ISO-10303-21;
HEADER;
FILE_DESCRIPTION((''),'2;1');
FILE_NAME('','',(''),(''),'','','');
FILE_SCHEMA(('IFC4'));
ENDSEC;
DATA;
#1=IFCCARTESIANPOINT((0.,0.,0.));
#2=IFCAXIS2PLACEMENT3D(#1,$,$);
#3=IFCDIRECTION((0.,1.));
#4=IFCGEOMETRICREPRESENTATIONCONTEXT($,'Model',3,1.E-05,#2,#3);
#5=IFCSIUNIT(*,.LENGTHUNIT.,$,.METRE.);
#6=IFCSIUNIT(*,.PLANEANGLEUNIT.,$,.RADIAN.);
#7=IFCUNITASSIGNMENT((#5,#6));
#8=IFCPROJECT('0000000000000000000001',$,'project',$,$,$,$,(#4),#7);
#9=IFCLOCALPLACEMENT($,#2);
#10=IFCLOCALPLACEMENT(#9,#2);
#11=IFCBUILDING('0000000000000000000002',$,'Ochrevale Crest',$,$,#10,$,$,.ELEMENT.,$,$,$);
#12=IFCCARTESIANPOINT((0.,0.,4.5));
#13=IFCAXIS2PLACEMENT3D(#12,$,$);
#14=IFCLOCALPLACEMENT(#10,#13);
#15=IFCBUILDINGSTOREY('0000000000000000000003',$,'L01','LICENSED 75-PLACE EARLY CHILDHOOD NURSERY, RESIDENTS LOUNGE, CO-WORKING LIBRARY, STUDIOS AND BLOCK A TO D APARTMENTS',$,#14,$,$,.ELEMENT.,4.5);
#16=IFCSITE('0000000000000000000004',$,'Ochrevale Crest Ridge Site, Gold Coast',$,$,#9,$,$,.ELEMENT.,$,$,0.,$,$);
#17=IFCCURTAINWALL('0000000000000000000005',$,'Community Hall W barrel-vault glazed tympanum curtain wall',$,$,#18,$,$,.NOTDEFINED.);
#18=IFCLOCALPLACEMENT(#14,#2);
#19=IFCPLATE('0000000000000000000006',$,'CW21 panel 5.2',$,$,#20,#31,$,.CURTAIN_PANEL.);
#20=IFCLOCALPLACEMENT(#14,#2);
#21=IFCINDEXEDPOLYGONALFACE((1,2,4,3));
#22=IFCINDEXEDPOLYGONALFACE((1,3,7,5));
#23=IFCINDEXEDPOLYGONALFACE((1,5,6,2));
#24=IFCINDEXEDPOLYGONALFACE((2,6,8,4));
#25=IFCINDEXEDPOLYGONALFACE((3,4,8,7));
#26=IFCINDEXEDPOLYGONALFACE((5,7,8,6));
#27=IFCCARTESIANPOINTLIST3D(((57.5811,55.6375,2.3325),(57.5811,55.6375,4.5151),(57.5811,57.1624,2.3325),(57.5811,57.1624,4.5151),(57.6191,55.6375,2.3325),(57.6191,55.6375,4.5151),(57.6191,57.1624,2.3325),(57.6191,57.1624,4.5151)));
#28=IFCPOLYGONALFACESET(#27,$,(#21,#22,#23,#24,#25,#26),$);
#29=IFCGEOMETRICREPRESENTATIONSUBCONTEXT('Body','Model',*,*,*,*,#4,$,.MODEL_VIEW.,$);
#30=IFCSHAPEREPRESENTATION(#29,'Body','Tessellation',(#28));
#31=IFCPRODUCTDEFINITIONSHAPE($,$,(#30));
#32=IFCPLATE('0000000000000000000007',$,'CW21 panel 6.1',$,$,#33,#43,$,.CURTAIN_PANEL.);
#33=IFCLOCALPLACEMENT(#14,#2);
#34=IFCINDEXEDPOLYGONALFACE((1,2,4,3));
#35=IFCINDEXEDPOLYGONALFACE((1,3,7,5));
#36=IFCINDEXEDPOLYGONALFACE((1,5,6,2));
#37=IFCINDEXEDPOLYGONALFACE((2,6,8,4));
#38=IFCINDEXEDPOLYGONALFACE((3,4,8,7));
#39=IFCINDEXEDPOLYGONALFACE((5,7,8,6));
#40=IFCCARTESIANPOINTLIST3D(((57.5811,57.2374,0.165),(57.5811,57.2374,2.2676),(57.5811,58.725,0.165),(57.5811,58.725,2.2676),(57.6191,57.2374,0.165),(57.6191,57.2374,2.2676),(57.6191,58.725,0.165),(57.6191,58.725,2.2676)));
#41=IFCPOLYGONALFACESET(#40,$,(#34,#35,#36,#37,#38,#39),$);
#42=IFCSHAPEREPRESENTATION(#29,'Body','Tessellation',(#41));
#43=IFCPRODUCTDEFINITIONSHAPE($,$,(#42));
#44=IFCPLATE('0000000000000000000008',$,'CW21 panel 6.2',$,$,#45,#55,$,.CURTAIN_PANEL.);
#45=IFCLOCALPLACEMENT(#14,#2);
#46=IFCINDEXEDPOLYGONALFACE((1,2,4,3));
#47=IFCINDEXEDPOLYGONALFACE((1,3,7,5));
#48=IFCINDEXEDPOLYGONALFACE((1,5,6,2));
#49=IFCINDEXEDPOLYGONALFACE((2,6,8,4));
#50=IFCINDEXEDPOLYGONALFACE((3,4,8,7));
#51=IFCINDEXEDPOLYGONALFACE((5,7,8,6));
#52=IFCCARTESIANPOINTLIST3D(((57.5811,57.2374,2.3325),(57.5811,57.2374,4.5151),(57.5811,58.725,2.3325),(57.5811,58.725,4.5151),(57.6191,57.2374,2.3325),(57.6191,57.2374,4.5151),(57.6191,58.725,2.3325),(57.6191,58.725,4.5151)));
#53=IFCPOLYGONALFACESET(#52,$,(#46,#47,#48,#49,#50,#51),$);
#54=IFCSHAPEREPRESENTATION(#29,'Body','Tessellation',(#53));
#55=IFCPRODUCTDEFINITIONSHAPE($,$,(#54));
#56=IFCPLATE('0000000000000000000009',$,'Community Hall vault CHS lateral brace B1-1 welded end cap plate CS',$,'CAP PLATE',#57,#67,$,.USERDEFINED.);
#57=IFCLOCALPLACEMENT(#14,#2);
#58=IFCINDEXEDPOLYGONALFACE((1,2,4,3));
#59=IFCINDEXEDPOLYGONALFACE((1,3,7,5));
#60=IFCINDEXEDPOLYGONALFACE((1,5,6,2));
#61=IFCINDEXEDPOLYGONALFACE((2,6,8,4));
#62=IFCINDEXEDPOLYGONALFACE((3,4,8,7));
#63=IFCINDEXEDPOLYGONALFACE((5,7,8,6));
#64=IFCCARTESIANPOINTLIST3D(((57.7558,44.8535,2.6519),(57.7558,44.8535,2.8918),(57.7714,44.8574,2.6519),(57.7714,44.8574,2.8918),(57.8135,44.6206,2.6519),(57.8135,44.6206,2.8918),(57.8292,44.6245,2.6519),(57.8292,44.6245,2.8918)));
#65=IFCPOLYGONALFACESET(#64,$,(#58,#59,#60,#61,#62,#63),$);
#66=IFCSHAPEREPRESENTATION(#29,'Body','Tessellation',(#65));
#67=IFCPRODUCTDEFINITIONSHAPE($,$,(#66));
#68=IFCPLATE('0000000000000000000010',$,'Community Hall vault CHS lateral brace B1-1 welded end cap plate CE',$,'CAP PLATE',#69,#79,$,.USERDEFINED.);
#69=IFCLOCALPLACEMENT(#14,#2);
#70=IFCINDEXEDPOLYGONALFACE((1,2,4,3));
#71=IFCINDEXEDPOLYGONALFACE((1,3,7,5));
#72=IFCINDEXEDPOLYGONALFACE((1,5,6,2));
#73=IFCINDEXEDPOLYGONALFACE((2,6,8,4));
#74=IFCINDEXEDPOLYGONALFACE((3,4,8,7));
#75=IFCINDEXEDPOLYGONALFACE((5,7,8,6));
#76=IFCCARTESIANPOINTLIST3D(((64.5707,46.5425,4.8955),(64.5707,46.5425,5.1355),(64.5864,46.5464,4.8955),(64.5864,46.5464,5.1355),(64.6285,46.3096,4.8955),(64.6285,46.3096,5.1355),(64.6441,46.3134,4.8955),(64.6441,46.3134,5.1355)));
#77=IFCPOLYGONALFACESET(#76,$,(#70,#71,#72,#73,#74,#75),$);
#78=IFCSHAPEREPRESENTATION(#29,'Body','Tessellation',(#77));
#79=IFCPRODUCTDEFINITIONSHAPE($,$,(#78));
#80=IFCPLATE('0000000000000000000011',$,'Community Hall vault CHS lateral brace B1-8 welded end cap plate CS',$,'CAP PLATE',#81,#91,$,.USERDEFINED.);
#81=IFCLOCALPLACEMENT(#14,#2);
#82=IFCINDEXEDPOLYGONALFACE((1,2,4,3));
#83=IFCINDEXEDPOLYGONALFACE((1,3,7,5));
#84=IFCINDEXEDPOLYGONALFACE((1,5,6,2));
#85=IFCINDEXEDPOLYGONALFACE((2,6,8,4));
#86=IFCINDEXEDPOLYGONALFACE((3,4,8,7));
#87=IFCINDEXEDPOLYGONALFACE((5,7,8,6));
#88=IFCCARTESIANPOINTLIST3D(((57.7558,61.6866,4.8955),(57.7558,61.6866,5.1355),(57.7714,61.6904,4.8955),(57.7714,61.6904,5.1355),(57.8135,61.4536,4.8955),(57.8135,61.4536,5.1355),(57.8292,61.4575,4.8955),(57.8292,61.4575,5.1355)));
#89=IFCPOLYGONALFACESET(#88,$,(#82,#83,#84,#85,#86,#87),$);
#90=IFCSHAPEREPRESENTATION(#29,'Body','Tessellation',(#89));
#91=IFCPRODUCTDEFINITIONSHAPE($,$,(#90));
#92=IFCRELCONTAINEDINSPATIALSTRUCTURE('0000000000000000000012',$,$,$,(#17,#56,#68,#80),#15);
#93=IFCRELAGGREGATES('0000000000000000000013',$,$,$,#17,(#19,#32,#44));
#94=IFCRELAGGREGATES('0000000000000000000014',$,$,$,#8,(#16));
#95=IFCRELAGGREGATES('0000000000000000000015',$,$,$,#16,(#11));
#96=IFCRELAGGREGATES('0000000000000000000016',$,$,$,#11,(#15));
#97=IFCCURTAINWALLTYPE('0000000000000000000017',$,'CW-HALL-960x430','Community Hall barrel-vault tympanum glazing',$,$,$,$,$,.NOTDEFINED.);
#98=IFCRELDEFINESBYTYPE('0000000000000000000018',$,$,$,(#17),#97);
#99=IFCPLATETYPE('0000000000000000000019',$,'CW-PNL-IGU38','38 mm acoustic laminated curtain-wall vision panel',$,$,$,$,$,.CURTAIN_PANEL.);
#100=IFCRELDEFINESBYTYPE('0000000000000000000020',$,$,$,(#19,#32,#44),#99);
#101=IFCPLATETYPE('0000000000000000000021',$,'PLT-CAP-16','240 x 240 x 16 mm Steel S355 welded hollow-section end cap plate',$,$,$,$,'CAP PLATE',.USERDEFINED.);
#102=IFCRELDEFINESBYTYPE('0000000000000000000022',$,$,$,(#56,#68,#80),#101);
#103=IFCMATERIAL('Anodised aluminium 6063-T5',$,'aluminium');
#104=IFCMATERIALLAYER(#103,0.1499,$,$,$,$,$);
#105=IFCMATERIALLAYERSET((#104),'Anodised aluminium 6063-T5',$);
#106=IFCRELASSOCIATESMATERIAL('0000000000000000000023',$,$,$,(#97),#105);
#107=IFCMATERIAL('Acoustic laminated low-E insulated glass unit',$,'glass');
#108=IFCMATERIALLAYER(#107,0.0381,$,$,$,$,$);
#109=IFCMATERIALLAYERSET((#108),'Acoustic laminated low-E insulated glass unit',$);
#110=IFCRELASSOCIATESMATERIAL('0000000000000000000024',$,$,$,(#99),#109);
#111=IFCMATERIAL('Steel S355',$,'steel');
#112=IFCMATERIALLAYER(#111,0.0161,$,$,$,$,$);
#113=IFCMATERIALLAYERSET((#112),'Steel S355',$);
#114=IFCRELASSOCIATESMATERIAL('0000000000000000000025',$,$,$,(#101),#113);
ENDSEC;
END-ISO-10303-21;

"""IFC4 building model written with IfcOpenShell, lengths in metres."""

from ifc_helpers import new_model, si_unit, direction, frame, origin, origin_2d, place, context, subcontext, project, spatial, rectangle, extrude, material, layer, layer_set, type_object, element, aggregate, save


model = new_model("IFC4")

# Units and contexts
model_context = context("Model", 3, precision=1e-05, world=origin(), true_north=direction((0.0, 1.0)))
body_context = subcontext(model_context, "Body", "Model", "MODEL_VIEW")
ifc_project = project(units=[si_unit("LENGTHUNIT", "METRE"), si_unit("PLANEANGLEUNIT", "RADIAN")], contexts=[model_context])

# Site, building, storey
site_placement = place(None, origin())
site = spatial("IfcSite", under=ifc_project, at=site_placement, Name="Ochrevale Crest Ridge Site, Gold Coast", CompositionType="ELEMENT", RefElevation=0.0)
building_placement = place(site_placement, origin())
building = spatial("IfcBuilding", under=site, at=building_placement, Name="Ochrevale Crest", CompositionType="ELEMENT")
storey_placement = place(building_placement, frame((0.0, 0.0, 4.5)))
storey = spatial("IfcBuildingStorey", under=building, at=storey_placement, Name="L01", Description="LICENSED 75-PLACE EARLY CHILDHOOD NURSERY, RESIDENTS LOUNGE, CO-WORKING LIBRARY, STUDIOS AND BLOCK A TO D APARTMENTS", CompositionType="ELEMENT", Elevation=4.5)

# Curtain wall
ifc_material_1 = material(Name="Anodised aluminium 6063-T5", Category="aluminium")
ifc_layer_1 = layer(ifc_material_1, 0.1499)
ifc_layer_set_1 = layer_set([ifc_layer_1], Name="Anodised aluminium 6063-T5")
curtain_wall_type = type_object("IfcCurtainWallType", Name="CW-HALL-960x430", Description="Community Hall barrel-vault tympanum glazing", PredefinedType="NOTDEFINED", material=ifc_layer_set_1)
curtain_wall_placement = place(storey_placement, origin())
curtain_wall = element("IfcCurtainWall", 1, at=curtain_wall_placement, inside=storey, type_object=curtain_wall_type, Name="Community Hall W barrel-vault glazed tympanum curtain wall", PredefinedType="NOTDEFINED")

# Shared definitions
ifc_material_2 = material(Name="Steel S355", Category="steel")

# Plates
ifc_material_3 = material(Name="Acoustic laminated low-E insulated glass unit", Category="glass")
ifc_layer_2 = layer(ifc_material_3, 0.0381)
ifc_layer_set_2 = layer_set([ifc_layer_2], Name="Acoustic laminated low-E insulated glass unit")
plate_type_1 = type_object("IfcPlateType", Name="CW-PNL-IGU38", Description="38 mm acoustic laminated curtain-wall vision panel", PredefinedType="CURTAIN_PANEL", material=ifc_layer_set_2)
plate_1_placement = place(storey_placement, frame((57.6001, 56.3999, 2.3325), z_axis=(0.0, 0.0, 1.0), x_axis=(0.0, 1.0, 0.0)))
plate_1 = element("IfcPlate", 2, at=plate_1_placement, type_object=plate_type_1, Name="CW21 panel 5.2", PredefinedType="CURTAIN_PANEL", context=body_context, shape_type="SweptSolid", body=[
    extrude(rectangle(XDim=1.5249, YDim=0.0381, at=origin_2d()), origin(), (0.0, 0.0, 1.0), 2.1826),
])
plate_2_placement = place(storey_placement, frame((57.6001, 57.9812, 0.165), z_axis=(0.0, 0.0, 1.0), x_axis=(0.0, 1.0, 0.0)))
plate_2 = element("IfcPlate", 3, at=plate_2_placement, type_object=plate_type_1, Name="CW21 panel 6.1", PredefinedType="CURTAIN_PANEL", context=body_context, shape_type="SweptSolid", body=[
    extrude(rectangle(XDim=1.4875, YDim=0.0381, at=origin_2d()), origin(), (0.0, 0.0, 1.0), 2.1025),
])
plate_3_placement = place(storey_placement, frame((57.6001, 57.9812, 2.3325), z_axis=(0.0, 0.0, 1.0), x_axis=(0.0, 1.0, 0.0)))
plate_3 = element("IfcPlate", 4, at=plate_3_placement, type_object=plate_type_1, Name="CW21 panel 6.2", PredefinedType="CURTAIN_PANEL", context=body_context, shape_type="SweptSolid", body=[
    extrude(rectangle(XDim=1.4875, YDim=0.0381, at=origin_2d()), origin(), (0.0, 0.0, 1.0), 2.1826),
])
aggregate(curtain_wall, [plate_1, plate_2, plate_3])

# Plates
ifc_layer_3 = layer(ifc_material_2, 0.0161)
ifc_layer_set_3 = layer_set([ifc_layer_3], Name="Steel S355")
plate_type_2 = type_object("IfcPlateType", Name="PLT-CAP-16", Description="240 x 240 x 16 mm Steel S355 welded hollow-section end cap plate", ElementType="CAP PLATE", PredefinedType="USERDEFINED", material=ifc_layer_set_3)
for number, where, z_axis, x_axis, name in (
    (5, (57.7925, 44.739, 2.6519), (0.0, 0.0, 1.0), (0.970633, 0.240567, 0.0), "Community Hall vault CHS lateral brace B1-1 welded end cap plate CS"),
    (6, (64.6074, 46.428, 4.8955), (0.0, 0.0, 1.0), (0.970633, 0.240567, 0.0), "Community Hall vault CHS lateral brace B1-1 welded end cap plate CE"),
    (7, (57.7925, 61.572, 4.8955), (0.0, 0.0, 1.0), (0.970633, 0.240567, 0.0), "Community Hall vault CHS lateral brace B1-8 welded end cap plate CS"),
):
    element("IfcPlate", number, at=place(storey_placement, frame(where, z_axis=z_axis, x_axis=x_axis)), inside=storey, type_object=plate_type_2, Name=name, ObjectType="CAP PLATE", PredefinedType="USERDEFINED", context=body_context, shape_type="SweptSolid", body=[
        extrude(rectangle(XDim=0.0161, YDim=0.24, at=origin_2d()), origin(), (0.0, 0.0, 1.0), 0.24),
    ])

save(model, "model.ifc")
